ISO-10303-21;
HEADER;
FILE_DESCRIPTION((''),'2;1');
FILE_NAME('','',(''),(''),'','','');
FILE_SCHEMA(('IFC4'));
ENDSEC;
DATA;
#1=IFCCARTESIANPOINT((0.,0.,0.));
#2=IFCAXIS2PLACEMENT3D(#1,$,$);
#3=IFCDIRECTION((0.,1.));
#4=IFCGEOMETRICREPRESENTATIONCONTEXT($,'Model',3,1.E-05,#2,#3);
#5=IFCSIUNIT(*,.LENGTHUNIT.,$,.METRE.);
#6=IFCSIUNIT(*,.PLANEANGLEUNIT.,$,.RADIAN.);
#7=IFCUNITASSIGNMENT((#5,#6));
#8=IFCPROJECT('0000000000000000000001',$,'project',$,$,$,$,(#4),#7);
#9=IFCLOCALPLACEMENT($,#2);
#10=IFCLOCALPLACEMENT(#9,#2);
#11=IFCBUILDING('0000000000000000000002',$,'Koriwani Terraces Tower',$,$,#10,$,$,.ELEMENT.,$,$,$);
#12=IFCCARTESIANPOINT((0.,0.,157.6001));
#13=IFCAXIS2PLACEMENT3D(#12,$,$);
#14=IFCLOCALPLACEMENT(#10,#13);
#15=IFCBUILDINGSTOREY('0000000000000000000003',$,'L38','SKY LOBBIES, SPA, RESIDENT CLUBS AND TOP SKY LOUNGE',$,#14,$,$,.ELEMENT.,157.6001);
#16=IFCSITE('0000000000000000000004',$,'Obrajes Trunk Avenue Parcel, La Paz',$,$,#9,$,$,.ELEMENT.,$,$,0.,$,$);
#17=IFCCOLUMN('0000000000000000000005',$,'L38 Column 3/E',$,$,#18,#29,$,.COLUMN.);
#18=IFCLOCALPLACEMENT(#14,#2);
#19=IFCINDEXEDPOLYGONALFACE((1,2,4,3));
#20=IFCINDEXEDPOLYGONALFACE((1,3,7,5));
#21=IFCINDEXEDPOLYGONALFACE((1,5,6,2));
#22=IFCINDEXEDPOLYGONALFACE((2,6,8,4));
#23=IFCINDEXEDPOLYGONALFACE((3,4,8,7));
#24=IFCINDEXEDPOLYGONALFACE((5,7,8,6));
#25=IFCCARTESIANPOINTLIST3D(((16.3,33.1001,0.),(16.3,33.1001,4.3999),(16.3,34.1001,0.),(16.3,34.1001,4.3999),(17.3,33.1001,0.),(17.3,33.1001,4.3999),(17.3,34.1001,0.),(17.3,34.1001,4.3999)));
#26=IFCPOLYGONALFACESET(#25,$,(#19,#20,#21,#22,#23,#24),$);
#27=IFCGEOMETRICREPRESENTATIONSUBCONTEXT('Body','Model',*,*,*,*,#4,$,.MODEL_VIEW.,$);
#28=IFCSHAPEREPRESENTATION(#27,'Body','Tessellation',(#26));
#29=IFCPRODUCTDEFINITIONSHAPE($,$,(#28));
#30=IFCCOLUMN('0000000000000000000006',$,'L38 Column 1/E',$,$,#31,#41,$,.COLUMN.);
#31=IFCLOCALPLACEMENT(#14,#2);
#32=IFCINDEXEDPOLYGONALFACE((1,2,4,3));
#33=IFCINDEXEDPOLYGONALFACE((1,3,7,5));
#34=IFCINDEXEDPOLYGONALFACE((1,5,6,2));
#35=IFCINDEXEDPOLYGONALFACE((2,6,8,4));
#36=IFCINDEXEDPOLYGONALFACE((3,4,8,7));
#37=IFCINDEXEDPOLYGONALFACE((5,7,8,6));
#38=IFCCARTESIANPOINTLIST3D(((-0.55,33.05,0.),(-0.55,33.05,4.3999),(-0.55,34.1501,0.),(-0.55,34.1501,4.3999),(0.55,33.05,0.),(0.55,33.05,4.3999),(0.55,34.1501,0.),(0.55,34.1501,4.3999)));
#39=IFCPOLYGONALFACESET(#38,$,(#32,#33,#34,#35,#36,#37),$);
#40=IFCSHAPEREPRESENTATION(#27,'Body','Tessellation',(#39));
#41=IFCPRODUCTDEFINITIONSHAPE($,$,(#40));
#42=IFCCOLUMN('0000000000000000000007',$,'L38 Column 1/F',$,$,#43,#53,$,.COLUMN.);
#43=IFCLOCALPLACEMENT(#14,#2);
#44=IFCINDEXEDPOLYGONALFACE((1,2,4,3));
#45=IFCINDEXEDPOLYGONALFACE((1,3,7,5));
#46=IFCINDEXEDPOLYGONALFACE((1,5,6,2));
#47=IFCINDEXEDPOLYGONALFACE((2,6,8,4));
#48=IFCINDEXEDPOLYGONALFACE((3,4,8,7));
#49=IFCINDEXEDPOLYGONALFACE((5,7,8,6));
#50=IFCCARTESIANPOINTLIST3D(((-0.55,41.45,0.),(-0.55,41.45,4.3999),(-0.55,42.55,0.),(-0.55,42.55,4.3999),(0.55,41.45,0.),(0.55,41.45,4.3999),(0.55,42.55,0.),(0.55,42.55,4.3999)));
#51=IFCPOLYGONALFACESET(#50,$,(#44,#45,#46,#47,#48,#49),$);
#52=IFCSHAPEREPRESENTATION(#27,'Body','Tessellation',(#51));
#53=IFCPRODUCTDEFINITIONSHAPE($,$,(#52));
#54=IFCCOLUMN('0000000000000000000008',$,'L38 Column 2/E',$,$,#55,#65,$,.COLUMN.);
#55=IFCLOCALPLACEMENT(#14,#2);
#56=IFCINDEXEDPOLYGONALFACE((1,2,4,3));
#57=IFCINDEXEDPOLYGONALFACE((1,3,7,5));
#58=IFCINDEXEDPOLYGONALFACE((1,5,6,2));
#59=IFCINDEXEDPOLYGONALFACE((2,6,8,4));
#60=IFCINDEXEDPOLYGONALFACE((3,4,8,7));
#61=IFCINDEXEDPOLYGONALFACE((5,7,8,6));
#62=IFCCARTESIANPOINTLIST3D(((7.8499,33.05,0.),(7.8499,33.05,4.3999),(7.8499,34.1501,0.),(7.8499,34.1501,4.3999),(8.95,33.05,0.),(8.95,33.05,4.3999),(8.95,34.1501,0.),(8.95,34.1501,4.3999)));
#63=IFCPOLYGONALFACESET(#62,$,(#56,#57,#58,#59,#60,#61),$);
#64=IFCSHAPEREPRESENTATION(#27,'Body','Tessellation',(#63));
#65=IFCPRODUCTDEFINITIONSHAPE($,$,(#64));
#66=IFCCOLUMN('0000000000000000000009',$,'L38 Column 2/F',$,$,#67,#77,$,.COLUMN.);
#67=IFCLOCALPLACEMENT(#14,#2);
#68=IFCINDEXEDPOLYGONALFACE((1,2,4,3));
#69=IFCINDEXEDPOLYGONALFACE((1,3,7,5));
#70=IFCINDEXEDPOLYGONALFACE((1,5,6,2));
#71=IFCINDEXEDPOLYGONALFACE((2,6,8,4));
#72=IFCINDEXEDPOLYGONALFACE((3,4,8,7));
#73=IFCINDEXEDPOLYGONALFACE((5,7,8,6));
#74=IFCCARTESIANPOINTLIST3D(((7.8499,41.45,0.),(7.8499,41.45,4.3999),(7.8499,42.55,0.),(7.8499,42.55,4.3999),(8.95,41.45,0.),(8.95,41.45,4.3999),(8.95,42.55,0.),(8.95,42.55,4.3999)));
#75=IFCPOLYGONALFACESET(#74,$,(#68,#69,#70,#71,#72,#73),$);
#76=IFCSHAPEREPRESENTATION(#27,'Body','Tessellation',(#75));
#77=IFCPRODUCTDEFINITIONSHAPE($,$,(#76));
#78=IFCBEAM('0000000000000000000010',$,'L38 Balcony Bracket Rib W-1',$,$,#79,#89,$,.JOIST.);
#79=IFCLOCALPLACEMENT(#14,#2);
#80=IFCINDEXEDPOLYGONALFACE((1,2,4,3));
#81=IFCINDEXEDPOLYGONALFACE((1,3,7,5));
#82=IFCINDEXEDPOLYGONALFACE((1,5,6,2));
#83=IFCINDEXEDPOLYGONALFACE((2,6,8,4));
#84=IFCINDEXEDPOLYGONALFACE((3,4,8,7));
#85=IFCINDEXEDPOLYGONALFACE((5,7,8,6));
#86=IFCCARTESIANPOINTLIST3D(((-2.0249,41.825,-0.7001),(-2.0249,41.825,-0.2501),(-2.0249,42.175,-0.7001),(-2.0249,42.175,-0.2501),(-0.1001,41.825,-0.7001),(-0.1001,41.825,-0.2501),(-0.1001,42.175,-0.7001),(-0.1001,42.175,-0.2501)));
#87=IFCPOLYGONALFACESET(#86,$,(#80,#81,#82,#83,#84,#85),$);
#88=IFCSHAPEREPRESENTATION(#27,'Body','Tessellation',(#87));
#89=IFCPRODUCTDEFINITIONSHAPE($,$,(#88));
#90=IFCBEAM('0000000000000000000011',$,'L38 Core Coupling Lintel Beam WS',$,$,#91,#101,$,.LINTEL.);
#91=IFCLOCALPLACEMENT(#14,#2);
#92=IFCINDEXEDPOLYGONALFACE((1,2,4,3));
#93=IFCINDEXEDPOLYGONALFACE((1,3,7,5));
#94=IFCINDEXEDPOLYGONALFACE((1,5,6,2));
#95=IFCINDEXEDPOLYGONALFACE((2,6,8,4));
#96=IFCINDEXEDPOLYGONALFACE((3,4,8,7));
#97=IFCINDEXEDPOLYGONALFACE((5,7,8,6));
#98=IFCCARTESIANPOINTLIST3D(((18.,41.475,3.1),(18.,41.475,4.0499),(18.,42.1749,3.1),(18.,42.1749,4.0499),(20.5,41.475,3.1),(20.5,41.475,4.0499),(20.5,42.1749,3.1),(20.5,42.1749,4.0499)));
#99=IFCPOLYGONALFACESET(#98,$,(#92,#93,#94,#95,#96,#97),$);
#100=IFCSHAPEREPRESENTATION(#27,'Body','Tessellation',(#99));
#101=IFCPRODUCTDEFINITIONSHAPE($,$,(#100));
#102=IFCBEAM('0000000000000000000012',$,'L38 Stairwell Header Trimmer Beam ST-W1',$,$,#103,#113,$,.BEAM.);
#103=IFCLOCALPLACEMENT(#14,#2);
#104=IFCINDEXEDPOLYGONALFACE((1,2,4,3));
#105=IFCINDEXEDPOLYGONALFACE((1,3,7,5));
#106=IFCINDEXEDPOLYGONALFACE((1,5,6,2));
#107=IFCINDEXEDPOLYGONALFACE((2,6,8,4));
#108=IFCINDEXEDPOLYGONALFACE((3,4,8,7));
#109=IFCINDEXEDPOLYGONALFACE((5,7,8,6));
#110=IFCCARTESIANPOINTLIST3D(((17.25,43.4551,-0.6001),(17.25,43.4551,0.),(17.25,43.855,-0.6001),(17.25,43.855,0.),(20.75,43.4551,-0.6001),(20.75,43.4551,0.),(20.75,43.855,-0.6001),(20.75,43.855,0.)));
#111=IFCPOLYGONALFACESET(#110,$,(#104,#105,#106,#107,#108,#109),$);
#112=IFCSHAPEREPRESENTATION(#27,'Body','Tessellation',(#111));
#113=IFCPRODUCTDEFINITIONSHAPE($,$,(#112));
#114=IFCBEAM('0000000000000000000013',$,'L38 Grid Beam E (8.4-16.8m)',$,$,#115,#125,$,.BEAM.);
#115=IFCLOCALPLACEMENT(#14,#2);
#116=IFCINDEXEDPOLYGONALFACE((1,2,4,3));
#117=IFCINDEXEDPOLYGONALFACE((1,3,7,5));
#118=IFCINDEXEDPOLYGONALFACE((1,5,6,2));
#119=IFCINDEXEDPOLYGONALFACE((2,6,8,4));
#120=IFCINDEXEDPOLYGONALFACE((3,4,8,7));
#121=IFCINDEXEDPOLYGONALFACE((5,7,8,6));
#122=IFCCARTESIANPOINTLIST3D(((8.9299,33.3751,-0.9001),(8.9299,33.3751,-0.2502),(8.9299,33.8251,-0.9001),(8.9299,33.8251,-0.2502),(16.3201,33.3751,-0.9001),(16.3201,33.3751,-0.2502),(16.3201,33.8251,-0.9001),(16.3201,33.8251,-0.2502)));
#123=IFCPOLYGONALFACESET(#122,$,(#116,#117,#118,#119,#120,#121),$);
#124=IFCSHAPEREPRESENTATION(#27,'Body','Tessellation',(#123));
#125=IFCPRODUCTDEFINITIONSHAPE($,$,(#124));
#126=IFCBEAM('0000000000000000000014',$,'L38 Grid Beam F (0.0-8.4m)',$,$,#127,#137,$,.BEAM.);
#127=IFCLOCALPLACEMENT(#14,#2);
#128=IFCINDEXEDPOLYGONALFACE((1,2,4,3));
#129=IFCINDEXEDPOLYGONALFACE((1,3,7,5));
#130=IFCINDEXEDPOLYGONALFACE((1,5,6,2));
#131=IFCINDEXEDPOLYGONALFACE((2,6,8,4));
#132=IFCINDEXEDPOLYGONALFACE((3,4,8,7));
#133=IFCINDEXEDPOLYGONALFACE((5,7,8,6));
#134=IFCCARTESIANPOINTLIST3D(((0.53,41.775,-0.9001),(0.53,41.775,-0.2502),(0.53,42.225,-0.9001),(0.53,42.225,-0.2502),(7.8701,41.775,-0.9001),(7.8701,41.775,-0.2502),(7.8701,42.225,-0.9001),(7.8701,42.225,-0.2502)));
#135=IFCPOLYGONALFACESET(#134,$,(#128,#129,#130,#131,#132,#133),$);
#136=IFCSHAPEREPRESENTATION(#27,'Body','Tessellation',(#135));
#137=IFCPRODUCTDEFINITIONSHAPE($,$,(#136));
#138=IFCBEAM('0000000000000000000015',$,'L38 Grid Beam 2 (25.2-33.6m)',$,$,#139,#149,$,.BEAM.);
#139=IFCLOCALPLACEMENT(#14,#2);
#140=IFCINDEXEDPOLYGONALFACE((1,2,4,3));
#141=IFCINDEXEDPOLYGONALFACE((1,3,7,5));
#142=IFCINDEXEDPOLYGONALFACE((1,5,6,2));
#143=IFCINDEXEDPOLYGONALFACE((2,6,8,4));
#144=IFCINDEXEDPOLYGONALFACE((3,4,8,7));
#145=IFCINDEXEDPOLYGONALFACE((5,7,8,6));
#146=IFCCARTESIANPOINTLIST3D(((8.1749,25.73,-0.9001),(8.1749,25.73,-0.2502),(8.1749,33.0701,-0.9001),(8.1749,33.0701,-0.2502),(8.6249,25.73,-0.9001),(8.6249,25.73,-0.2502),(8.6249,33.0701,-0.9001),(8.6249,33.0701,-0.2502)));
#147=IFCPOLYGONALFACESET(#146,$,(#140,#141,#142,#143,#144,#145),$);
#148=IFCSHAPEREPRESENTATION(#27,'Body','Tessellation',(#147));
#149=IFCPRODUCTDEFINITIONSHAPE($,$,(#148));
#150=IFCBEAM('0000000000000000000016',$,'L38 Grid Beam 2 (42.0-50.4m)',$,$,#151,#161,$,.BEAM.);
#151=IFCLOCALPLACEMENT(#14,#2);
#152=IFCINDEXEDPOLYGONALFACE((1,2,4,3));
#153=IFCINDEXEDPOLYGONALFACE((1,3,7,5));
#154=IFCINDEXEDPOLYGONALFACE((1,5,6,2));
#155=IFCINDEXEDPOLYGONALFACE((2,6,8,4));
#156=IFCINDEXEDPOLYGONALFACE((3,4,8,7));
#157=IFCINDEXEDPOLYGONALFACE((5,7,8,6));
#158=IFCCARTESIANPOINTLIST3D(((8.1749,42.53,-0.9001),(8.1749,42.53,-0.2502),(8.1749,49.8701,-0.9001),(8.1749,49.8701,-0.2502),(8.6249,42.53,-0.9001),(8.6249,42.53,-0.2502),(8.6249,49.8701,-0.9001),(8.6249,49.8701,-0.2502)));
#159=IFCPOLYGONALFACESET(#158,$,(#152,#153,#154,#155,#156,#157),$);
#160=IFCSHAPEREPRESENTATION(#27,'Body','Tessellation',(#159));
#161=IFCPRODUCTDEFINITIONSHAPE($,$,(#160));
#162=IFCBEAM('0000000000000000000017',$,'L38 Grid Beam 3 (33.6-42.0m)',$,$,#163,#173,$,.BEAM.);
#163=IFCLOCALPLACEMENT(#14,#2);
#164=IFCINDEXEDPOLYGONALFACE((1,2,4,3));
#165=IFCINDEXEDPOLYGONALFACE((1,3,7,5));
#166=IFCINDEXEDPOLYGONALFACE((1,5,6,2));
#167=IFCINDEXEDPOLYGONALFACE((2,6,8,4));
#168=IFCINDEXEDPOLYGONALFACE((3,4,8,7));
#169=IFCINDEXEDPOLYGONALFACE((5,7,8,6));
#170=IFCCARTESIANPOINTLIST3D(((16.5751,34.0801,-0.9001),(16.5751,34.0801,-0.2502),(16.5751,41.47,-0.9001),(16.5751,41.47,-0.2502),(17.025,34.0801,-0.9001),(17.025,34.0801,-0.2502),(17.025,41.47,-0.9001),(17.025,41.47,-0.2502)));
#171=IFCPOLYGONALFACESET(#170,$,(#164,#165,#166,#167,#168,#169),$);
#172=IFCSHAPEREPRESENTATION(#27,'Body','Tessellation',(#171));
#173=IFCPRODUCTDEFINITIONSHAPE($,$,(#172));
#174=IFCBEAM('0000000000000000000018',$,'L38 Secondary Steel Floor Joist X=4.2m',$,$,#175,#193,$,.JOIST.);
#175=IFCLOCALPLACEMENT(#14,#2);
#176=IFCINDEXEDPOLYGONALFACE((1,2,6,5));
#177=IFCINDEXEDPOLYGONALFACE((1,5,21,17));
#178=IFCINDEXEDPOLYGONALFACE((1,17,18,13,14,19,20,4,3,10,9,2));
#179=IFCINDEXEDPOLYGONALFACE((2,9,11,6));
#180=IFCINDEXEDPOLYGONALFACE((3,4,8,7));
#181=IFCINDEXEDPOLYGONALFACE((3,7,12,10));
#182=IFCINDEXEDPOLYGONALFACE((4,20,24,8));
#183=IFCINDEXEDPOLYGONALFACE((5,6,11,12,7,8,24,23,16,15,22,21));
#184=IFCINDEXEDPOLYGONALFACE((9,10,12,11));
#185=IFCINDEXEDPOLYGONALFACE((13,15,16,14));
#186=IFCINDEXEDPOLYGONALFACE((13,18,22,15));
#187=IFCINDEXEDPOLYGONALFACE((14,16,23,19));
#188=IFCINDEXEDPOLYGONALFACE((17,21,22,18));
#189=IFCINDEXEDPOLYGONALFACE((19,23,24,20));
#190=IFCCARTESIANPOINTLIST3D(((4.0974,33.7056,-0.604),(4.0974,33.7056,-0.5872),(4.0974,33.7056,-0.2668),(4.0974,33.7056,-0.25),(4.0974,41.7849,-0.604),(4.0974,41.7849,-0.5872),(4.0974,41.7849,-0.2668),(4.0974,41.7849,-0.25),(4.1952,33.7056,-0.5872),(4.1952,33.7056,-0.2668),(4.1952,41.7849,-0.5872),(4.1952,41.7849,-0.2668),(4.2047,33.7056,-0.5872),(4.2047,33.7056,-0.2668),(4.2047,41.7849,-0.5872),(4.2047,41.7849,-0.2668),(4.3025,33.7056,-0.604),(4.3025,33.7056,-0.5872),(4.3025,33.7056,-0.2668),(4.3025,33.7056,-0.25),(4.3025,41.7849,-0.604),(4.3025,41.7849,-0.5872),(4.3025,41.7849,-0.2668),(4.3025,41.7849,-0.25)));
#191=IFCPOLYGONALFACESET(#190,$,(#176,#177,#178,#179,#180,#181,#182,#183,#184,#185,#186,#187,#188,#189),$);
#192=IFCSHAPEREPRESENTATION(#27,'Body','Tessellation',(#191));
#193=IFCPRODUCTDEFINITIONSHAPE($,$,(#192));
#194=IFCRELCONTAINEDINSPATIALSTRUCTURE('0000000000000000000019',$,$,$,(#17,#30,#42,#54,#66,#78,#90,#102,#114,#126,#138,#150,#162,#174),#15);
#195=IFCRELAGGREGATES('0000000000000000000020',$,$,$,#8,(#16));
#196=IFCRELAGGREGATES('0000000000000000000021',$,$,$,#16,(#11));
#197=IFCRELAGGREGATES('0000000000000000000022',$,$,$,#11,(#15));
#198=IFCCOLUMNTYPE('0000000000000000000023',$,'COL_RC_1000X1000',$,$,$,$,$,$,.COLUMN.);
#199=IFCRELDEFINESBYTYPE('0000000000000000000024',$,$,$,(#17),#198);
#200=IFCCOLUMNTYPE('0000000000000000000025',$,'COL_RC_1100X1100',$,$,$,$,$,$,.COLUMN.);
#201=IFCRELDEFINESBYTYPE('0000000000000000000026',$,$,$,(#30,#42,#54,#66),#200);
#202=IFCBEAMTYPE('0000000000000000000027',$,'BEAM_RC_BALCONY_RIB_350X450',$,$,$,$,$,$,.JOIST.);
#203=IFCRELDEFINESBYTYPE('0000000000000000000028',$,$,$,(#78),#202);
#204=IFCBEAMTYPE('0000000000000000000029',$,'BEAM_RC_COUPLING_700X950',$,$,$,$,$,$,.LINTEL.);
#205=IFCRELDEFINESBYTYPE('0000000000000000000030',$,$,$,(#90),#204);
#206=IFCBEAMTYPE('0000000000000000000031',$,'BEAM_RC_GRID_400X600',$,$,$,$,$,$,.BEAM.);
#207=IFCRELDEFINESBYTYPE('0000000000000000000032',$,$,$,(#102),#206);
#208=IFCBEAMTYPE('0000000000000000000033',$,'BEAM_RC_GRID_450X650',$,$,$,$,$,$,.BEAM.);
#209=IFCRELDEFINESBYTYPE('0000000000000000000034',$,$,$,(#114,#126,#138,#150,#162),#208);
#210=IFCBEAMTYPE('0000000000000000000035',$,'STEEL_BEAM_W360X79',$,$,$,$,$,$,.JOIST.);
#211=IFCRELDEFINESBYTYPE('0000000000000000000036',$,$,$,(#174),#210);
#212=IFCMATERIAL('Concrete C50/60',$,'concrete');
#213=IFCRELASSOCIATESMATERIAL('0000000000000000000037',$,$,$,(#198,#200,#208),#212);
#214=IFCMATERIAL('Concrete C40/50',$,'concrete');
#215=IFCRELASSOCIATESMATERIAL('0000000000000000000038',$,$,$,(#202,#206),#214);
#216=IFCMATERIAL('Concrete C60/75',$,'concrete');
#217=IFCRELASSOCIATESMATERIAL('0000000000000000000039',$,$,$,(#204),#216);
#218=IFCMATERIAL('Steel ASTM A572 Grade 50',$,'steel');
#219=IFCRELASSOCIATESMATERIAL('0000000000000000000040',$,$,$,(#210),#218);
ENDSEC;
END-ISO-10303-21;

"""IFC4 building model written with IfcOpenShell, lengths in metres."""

from ifc_helpers import new_model, si_unit, direction, frame, origin, origin_2d, place, context, subcontext, project, spatial, rectangle, i_section, extrude, material, material_profile, profile_set, type_object, element, save


model = new_model("IFC4")

# Units and contexts
model_context = context("Model", 3, precision=1e-05, world=origin(), true_north=direction((0.0, 1.0)))
body_context = subcontext(model_context, "Body", "Model", "MODEL_VIEW")
ifc_project = project(units=[si_unit("LENGTHUNIT", "METRE"), si_unit("PLANEANGLEUNIT", "RADIAN")], contexts=[model_context])

# Site, building, storey
site_placement = place(None, origin())
site = spatial("IfcSite", under=ifc_project, at=site_placement, Name="Obrajes Trunk Avenue Parcel, La Paz", CompositionType="ELEMENT", RefElevation=0.0)
building_placement = place(site_placement, origin())
building = spatial("IfcBuilding", under=site, at=building_placement, Name="Koriwani Terraces Tower", CompositionType="ELEMENT")
storey_placement = place(building_placement, frame((0.0, 0.0, 157.6001)))
storey = spatial("IfcBuildingStorey", under=building, at=storey_placement, Name="L38", Description="SKY LOBBIES, SPA, RESIDENT CLUBS AND TOP SKY LOUNGE", CompositionType="ELEMENT", Elevation=157.6001)

# Columns
ifc_material_1 = material(Name="Concrete C50/60", Category="concrete")
ifc_material_profile_1 = material_profile(ifc_material_1, rectangle(XDim=1.0, YDim=1.0, at=origin_2d()), Name="Concrete C50/60", Category="LoadBearing")
ifc_profile_set_1 = profile_set([ifc_material_profile_1], Name="Concrete C50/60")
column_type_1 = type_object("IfcColumnType", Name="COL_RC_1000X1000", PredefinedType="COLUMN", material=ifc_profile_set_1)
column_placement = place(storey_placement, frame((16.8, 33.6001, 0.0), z_axis=(0.0, 0.0, 1.0), x_axis=(1.0, 0.0, 0.0)))
element("IfcColumn", 1, at=column_placement, inside=storey, type_object=column_type_1, Name="L38 Column 3/E", PredefinedType="COLUMN", context=body_context, shape_type="SweptSolid", body=[
    extrude(rectangle(XDim=1.0, YDim=1.0, at=origin_2d()), origin(), (0.0, 0.0, 1.0), 4.3999),
])
ifc_material_profile_2 = material_profile(ifc_material_1, rectangle(XDim=1.1001, YDim=1.1001, at=origin_2d()), Name="Concrete C50/60", Category="LoadBearing")
ifc_profile_set_2 = profile_set([ifc_material_profile_2], Name="Concrete C50/60")
column_type_2 = type_object("IfcColumnType", Name="COL_RC_1100X1100", PredefinedType="COLUMN", material=ifc_profile_set_2)
for number, where, z_axis, x_axis, name in (
    (2, (0.0, 33.6001, 0.0), (0.0, 0.0, 1.0), (1.0, 0.0, 0.0), "L38 Column 1/E"),
    (3, (0.0, 42.0, 0.0), (0.0, 0.0, 1.0), (1.0, 0.0, 0.0), "L38 Column 1/F"),
    (4, (8.3999, 33.6001, 0.0), (0.0, 0.0, 1.0), (1.0, 0.0, 0.0), "L38 Column 2/E"),
    (5, (8.3999, 42.0, 0.0), (0.0, 0.0, 1.0), (1.0, 0.0, 0.0), "L38 Column 2/F"),
):
    element("IfcColumn", number, at=place(storey_placement, frame(where, z_axis=z_axis, x_axis=x_axis)), inside=storey, type_object=column_type_2, Name=name, PredefinedType="COLUMN", context=body_context, shape_type="SweptSolid", body=[
        extrude(rectangle(XDim=1.1001, YDim=1.1001, at=origin_2d()), origin(), (0.0, 0.0, 1.0), 4.3999),
    ])

# Beams
ifc_material_2 = material(Name="Concrete C40/50", Category="concrete")
ifc_material_profile_3 = material_profile(ifc_material_2, rectangle(XDim=0.3501, YDim=0.45, at=origin_2d()), Name="Concrete C40/50", Category="LoadBearing")
ifc_profile_set_3 = profile_set([ifc_material_profile_3], Name="Concrete C40/50")
beam_type_1 = type_object("IfcBeamType", Name="BEAM_RC_BALCONY_RIB_350X450", PredefinedType="JOIST", material=ifc_profile_set_3)
beam_1_placement = place(storey_placement, frame((-2.0249, 42.0, -0.4751), z_axis=(1.0, 0.0, 0.0), x_axis=(0.0, 1.0, 0.0)))
element("IfcBeam", 6, at=beam_1_placement, inside=storey, type_object=beam_type_1, Name="L38 Balcony Bracket Rib W-1", PredefinedType="JOIST", context=body_context, shape_type="SweptSolid", body=[
    extrude(rectangle(XDim=0.3501, YDim=0.45, at=origin_2d()), origin(), (0.0, 0.0, 1.0), 1.9248),
])
ifc_material_3 = material(Name="Concrete C60/75", Category="concrete")
ifc_material_profile_4 = material_profile(ifc_material_3, rectangle(XDim=0.7, YDim=0.95, at=origin_2d()), Name="Concrete C60/75", Category="LoadBearing")
ifc_profile_set_4 = profile_set([ifc_material_profile_4], Name="Concrete C60/75")
beam_type_2 = type_object("IfcBeamType", Name="BEAM_RC_COUPLING_700X950", PredefinedType="LINTEL", material=ifc_profile_set_4)
beam_2_placement = place(storey_placement, frame((18.0, 41.825, 3.575), z_axis=(1.0, 0.0, 0.0), x_axis=(0.0, 1.0, 0.0)))
element("IfcBeam", 7, at=beam_2_placement, inside=storey, type_object=beam_type_2, Name="L38 Core Coupling Lintel Beam WS", PredefinedType="LINTEL", context=body_context, shape_type="SweptSolid", body=[
    extrude(rectangle(XDim=0.7, YDim=0.95, at=origin_2d()), origin(), (0.0, 0.0, 1.0), 2.5),
])
ifc_material_profile_5 = material_profile(ifc_material_2, rectangle(XDim=0.3999, YDim=0.6001, at=origin_2d()), Name="Concrete C40/50", Category="LoadBearing")
ifc_profile_set_5 = profile_set([ifc_material_profile_5], Name="Concrete C40/50")
beam_type_3 = type_object("IfcBeamType", Name="BEAM_RC_GRID_400X600", PredefinedType="BEAM", material=ifc_profile_set_5)
beam_3_placement = place(storey_placement, frame((17.25, 43.655, -0.3), z_axis=(1.0, 0.0, 0.0), x_axis=(0.0, 1.0, 0.0)))
element("IfcBeam", 8, at=beam_3_placement, inside=storey, type_object=beam_type_3, Name="L38 Stairwell Header Trimmer Beam ST-W1", PredefinedType="BEAM", context=body_context, shape_type="SweptSolid", body=[
    extrude(rectangle(XDim=0.3999, YDim=0.6001, at=origin_2d()), origin(), (0.0, 0.0, 1.0), 3.5),
])
ifc_material_profile_6 = material_profile(ifc_material_1, rectangle(XDim=0.45, YDim=0.6499, at=origin_2d()), Name="Concrete C50/60", Category="LoadBearing")
ifc_profile_set_6 = profile_set([ifc_material_profile_6], Name="Concrete C50/60")
beam_type_4 = type_object("IfcBeamType", Name="BEAM_RC_GRID_450X650", PredefinedType="BEAM", material=ifc_profile_set_6)
beam_4_placement = place(storey_placement, frame((8.9299, 33.6001, -0.5752), z_axis=(1.0, 0.0, 0.0), x_axis=(0.0, 1.0, 0.0)))
element("IfcBeam", 9, at=beam_4_placement, inside=storey, type_object=beam_type_4, Name="L38 Grid Beam E (8.4-16.8m)", PredefinedType="BEAM", context=body_context, shape_type="SweptSolid", body=[
    extrude(rectangle(XDim=0.45, YDim=0.6499, at=origin_2d()), origin(), (0.0, 0.0, 1.0), 7.3901),
])
for number, where, z_axis, x_axis, name in (
    (10, (0.53, 42.0, -0.5752), (1.0, 0.0, 0.0), (0.0, 1.0, 0.0), "L38 Grid Beam F (0.0-8.4m)"),
    (11, (8.3999, 25.73, -0.5752), (0.0, 1.0, 0.0), (-1.0, 0.0, 0.0), "L38 Grid Beam 2 (25.2-33.6m)"),
    (12, (8.3999, 42.53, -0.5752), (0.0, 1.0, 0.0), (-1.0, 0.0, 0.0), "L38 Grid Beam 2 (42.0-50.4m)"),
):
    element("IfcBeam", number, at=place(storey_placement, frame(where, z_axis=z_axis, x_axis=x_axis)), inside=storey, type_object=beam_type_4, Name=name, PredefinedType="BEAM", context=body_context, shape_type="SweptSolid", body=[
        extrude(rectangle(XDim=0.45, YDim=0.6499, at=origin_2d()), origin(), (0.0, 0.0, 1.0), 7.3401),
    ])
beam_5_placement = place(storey_placement, frame((16.8, 34.0801, -0.5752), z_axis=(0.0, 1.0, 0.0), x_axis=(-1.0, 0.0, 0.0)))
element("IfcBeam", 13, at=beam_5_placement, inside=storey, type_object=beam_type_4, Name="L38 Grid Beam 3 (33.6-42.0m)", PredefinedType="BEAM", context=body_context, shape_type="SweptSolid", body=[
    extrude(rectangle(XDim=0.45, YDim=0.6499, at=origin_2d()), origin(), (0.0, 0.0, 1.0), 7.3899),
])
ifc_material_4 = material(Name="Steel ASTM A572 Grade 50", Category="steel")
ifc_material_profile_7 = material_profile(ifc_material_4, i_section(OverallWidth=0.2051, OverallDepth=0.354, WebThickness=0.0095, FlangeThickness=0.0168, at=origin_2d()), Name="Steel ASTM A572 Grade 50", Category="LoadBearing")
ifc_profile_set_7 = profile_set([ifc_material_profile_7], Name="Steel ASTM A572 Grade 50")
beam_type_5 = type_object("IfcBeamType", Name="STEEL_BEAM_W360X79", PredefinedType="JOIST", material=ifc_profile_set_7)
beam_6_placement = place(storey_placement, frame((4.2, 33.7056, -0.427), z_axis=(0.0, 1.0, 0.0), x_axis=(-1.0, 0.0, 0.0)))
element("IfcBeam", 14, at=beam_6_placement, inside=storey, type_object=beam_type_5, Name="L38 Secondary Steel Floor Joist X=4.2m", PredefinedType="JOIST", context=body_context, shape_type="SweptSolid", body=[
    extrude(i_section(OverallWidth=0.2051, OverallDepth=0.354, WebThickness=0.0095, FlangeThickness=0.0168, at=origin_2d()), origin(), (0.0, 0.0, 1.0), 8.0793),
])

save(model, "model.ifc")
